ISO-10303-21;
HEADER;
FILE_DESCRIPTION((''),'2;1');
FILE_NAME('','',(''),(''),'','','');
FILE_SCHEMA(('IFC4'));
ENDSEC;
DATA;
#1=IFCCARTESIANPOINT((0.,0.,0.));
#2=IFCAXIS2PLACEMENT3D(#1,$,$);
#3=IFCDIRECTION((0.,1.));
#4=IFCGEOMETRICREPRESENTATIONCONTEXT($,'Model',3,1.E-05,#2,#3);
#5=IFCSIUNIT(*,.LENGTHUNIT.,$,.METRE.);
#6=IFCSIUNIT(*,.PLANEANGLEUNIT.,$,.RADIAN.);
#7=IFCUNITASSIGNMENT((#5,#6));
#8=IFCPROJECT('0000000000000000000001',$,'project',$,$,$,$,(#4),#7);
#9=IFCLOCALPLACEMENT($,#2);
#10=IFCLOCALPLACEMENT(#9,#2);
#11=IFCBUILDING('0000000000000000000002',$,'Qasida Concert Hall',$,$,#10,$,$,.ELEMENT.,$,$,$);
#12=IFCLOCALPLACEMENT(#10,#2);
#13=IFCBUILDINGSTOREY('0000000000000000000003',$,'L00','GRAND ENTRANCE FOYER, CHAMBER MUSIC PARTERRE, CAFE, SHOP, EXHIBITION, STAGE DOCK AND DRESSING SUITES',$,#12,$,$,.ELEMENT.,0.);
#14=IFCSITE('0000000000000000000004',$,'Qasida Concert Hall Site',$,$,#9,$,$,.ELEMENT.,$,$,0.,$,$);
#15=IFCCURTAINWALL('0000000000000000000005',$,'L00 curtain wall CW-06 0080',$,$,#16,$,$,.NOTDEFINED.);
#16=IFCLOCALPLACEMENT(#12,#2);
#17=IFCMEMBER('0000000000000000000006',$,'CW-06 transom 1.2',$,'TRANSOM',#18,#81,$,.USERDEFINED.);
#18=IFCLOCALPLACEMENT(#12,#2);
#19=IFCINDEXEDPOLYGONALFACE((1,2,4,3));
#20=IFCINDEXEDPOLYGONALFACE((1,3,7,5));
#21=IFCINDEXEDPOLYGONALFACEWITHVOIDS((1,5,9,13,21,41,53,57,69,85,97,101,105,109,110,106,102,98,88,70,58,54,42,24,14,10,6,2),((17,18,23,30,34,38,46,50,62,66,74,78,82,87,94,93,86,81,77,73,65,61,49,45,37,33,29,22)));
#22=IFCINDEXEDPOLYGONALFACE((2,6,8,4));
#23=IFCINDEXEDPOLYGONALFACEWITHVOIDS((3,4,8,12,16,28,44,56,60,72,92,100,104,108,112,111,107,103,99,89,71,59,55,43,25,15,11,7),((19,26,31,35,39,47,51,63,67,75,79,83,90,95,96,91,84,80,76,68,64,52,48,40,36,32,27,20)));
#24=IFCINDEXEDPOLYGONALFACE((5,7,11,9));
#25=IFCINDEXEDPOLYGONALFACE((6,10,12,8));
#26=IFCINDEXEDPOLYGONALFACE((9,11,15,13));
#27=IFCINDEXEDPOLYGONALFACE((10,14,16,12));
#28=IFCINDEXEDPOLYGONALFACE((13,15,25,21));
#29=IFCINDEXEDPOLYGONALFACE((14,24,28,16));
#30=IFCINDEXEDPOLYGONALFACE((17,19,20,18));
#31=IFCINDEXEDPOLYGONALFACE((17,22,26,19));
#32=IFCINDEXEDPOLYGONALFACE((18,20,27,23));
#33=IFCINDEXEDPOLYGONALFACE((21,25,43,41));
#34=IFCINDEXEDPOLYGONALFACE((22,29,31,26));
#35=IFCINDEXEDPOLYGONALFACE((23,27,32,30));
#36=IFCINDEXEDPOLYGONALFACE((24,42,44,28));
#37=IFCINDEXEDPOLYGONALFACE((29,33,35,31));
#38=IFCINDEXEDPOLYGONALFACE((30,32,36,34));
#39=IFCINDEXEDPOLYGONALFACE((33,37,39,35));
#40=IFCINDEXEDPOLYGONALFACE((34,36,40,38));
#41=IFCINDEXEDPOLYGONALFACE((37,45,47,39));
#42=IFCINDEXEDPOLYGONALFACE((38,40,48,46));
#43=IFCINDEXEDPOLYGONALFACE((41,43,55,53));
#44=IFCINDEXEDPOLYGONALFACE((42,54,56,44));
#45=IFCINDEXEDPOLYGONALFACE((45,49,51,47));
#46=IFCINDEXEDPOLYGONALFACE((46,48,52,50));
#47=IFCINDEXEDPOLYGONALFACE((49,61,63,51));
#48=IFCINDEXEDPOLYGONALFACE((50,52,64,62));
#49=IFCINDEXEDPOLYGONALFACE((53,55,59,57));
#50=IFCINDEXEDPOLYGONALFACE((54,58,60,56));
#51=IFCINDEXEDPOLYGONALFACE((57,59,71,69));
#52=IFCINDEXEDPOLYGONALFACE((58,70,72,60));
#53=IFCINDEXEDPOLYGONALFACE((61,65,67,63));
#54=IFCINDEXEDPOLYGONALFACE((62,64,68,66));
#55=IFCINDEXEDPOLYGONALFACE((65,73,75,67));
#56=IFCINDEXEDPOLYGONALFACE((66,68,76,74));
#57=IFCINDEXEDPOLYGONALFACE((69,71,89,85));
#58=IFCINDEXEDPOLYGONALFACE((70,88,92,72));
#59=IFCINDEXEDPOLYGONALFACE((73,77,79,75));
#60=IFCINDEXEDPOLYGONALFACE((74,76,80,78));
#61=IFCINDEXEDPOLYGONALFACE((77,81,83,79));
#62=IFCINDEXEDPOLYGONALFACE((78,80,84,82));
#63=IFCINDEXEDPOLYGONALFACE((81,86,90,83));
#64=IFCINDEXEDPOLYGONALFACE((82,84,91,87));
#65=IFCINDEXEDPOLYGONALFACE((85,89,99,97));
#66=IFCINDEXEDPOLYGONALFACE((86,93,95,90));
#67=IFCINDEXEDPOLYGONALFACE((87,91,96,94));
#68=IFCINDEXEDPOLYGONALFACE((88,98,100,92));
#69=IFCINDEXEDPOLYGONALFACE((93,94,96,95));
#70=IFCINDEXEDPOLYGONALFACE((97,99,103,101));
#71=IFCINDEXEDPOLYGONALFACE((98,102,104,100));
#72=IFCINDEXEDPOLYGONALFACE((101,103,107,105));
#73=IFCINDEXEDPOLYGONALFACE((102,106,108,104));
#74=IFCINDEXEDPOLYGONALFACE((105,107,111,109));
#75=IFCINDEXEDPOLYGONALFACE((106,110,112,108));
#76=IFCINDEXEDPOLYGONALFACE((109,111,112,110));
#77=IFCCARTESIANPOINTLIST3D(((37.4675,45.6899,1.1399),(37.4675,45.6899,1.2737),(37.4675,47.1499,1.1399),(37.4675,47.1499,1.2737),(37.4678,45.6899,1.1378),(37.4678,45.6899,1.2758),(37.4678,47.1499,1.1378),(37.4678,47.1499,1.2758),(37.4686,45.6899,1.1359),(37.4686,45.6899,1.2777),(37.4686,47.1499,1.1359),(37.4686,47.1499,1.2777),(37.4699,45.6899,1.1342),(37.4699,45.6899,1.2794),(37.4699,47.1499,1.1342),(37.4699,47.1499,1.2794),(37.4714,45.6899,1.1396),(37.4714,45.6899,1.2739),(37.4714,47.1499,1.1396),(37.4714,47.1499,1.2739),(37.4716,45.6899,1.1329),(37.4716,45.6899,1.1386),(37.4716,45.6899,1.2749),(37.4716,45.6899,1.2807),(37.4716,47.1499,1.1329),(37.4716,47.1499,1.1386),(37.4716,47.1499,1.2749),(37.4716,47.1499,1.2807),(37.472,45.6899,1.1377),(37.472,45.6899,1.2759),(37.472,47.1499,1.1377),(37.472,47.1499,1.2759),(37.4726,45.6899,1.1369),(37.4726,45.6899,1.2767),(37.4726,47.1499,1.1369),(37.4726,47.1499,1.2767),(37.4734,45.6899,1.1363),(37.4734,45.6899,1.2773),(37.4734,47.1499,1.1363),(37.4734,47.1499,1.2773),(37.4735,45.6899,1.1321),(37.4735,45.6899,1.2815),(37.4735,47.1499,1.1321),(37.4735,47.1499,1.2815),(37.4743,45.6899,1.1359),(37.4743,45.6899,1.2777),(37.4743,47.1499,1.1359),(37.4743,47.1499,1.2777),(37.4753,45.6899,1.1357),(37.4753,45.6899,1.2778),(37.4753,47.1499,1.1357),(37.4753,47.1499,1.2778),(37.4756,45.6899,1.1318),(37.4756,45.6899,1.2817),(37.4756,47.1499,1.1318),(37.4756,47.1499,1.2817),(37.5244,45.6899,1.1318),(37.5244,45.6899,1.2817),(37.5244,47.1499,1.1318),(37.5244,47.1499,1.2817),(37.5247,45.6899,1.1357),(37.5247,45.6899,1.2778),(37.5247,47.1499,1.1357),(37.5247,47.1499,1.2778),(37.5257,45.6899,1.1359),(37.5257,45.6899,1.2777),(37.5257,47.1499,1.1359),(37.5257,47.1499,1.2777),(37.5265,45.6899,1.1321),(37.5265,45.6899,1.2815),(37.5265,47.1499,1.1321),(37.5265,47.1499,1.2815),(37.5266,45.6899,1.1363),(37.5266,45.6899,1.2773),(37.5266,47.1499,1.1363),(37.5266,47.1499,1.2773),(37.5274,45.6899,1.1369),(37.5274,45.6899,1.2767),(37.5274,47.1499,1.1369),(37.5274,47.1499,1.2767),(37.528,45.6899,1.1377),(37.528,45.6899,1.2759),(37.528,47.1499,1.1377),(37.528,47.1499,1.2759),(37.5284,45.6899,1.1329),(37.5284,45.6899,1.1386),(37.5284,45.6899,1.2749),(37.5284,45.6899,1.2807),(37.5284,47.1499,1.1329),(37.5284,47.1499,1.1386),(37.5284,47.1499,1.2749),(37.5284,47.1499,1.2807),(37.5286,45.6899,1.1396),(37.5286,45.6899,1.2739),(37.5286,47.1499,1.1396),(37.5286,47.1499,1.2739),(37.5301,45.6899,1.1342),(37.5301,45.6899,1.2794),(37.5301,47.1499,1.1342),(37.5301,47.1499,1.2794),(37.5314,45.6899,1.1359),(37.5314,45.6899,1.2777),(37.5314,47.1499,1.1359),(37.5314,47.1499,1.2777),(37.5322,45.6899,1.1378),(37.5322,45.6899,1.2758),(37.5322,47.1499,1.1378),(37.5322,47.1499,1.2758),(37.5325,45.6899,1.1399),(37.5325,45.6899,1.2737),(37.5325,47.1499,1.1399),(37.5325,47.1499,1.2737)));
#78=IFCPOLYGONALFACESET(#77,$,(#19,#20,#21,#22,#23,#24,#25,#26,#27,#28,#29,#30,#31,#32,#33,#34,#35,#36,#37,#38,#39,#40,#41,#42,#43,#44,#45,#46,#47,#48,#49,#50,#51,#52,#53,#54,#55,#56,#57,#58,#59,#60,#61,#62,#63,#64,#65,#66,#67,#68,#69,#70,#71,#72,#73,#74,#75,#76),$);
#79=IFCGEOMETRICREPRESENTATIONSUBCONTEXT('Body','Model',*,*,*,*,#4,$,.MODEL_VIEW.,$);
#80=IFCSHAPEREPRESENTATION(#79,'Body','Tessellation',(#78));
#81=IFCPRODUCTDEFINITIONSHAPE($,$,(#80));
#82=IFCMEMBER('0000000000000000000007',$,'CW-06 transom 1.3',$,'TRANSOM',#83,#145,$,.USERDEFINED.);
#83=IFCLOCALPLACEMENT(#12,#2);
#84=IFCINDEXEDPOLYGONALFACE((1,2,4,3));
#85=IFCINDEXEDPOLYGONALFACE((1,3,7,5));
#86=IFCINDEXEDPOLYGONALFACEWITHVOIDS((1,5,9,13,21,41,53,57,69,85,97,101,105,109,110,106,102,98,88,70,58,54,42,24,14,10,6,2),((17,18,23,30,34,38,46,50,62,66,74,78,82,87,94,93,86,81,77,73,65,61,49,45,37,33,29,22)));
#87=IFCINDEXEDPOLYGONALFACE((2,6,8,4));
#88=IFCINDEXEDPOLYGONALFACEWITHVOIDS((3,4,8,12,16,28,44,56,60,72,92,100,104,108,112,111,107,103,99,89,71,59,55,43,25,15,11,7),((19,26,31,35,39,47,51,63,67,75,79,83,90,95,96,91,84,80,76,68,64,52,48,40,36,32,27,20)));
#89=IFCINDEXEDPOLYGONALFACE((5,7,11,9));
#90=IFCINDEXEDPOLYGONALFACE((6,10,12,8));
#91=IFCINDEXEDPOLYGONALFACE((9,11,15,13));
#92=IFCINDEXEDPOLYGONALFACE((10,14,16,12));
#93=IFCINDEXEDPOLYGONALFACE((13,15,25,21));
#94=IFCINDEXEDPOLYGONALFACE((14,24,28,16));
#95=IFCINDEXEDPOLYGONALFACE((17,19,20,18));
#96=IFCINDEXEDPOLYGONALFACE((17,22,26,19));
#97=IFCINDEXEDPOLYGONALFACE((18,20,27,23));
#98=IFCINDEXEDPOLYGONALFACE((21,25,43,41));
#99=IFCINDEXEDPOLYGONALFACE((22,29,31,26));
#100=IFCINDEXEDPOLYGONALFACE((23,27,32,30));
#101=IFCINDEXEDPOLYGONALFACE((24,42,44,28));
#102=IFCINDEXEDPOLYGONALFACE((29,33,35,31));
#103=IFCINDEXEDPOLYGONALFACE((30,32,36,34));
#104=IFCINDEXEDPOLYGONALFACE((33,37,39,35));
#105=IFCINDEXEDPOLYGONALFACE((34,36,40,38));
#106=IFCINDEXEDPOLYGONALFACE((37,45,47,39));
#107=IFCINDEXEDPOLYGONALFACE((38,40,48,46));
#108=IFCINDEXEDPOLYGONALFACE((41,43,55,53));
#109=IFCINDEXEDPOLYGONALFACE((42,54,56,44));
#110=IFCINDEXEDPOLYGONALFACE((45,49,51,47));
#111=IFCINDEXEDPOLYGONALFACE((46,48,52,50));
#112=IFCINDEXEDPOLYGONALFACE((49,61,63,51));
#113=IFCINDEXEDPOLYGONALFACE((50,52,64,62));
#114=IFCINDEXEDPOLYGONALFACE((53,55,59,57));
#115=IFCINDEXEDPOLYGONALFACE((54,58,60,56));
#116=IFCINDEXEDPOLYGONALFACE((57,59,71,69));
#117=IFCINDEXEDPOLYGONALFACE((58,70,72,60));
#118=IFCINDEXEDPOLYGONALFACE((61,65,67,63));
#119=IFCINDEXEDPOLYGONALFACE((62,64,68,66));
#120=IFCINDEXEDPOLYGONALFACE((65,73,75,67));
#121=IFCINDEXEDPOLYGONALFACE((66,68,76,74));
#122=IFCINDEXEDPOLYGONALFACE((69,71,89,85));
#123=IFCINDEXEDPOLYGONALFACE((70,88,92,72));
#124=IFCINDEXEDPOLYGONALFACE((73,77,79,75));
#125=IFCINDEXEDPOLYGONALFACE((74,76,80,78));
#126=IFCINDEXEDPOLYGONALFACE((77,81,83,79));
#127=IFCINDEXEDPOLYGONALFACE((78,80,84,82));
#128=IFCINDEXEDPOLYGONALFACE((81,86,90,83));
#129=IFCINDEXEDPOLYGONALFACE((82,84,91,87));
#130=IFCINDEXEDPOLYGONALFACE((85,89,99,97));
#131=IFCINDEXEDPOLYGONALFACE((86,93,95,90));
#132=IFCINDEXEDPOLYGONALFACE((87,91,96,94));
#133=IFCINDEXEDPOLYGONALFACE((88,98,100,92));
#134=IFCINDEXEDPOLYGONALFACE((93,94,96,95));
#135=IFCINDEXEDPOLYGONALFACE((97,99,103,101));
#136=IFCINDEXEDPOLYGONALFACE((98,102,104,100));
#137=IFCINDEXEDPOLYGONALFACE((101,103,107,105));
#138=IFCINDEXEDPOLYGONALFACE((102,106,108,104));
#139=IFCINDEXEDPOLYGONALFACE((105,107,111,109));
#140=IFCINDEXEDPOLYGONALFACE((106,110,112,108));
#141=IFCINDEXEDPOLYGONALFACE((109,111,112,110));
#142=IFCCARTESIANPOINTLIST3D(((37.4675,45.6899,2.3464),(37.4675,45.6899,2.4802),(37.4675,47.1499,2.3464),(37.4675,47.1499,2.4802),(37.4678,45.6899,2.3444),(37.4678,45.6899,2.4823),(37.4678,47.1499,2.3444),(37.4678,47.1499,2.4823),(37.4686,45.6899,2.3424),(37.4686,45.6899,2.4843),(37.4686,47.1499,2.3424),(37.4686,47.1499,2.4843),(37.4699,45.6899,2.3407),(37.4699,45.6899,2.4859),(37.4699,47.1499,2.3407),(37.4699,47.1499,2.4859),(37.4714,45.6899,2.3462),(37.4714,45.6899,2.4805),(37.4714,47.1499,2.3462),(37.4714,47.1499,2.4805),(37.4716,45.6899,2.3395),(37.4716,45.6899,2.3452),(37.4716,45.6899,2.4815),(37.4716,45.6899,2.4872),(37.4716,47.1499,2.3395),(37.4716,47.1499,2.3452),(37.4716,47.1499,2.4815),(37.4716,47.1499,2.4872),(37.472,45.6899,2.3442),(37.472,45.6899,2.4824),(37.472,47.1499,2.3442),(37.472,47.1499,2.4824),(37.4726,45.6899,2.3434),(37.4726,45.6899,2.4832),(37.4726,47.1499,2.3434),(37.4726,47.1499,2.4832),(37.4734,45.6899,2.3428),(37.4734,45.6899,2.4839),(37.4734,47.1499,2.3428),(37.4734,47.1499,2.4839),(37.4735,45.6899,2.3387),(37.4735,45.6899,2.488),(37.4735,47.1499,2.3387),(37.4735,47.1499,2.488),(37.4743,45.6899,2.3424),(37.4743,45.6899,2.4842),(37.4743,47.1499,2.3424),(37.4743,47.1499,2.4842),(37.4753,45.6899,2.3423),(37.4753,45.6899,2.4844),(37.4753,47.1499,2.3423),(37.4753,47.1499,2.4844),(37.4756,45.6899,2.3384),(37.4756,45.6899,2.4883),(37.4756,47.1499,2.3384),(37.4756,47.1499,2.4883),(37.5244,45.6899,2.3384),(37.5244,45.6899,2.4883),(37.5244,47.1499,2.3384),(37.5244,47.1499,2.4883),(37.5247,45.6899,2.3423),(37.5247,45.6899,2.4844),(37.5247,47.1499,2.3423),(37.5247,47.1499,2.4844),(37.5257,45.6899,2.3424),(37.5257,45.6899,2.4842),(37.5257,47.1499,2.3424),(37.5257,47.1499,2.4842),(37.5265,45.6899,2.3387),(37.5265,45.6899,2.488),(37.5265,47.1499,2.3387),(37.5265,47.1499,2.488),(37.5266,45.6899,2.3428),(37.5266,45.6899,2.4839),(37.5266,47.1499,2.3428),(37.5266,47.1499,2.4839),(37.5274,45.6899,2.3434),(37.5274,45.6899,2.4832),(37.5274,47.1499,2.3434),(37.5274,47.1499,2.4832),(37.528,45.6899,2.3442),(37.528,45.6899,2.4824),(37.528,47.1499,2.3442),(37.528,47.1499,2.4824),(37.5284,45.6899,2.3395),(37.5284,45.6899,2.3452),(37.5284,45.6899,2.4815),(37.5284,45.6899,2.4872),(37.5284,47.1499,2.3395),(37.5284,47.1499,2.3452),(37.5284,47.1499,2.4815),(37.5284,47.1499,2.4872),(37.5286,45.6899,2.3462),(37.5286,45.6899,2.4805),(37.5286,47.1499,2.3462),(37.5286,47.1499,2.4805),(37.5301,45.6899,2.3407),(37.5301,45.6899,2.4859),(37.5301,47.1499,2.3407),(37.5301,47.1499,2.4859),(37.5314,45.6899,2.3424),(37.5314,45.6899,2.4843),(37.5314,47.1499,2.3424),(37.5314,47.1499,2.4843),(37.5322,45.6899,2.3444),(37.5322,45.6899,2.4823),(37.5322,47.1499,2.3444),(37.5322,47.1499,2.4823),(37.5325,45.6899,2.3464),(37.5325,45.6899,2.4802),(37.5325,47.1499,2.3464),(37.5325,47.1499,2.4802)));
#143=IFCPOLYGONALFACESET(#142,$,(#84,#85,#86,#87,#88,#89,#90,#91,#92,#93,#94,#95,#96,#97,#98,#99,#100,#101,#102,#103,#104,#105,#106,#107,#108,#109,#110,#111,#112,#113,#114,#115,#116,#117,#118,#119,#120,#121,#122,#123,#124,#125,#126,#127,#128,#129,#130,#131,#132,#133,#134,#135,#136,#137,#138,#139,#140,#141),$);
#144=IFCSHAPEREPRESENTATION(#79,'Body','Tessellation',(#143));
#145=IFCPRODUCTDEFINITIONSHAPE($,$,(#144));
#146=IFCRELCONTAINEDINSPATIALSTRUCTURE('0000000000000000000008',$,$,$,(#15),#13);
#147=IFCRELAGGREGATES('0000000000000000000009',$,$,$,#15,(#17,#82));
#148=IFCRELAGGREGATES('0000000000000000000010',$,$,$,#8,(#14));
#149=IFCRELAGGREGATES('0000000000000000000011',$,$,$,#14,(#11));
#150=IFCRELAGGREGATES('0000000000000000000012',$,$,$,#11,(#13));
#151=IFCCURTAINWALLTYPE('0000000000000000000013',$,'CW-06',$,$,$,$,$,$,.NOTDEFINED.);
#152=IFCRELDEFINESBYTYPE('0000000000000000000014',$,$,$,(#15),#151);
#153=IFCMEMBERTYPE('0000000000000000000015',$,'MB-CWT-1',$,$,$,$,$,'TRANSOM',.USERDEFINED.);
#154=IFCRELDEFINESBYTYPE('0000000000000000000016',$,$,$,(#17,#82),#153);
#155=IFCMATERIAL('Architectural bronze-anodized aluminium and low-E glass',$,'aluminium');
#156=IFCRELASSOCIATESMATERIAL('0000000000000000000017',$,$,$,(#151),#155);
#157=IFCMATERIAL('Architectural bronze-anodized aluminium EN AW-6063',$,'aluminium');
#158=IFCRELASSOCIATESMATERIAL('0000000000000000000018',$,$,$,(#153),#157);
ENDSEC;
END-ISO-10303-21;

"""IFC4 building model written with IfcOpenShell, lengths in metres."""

from ifc_helpers import new_model, si_unit, direction, frame, origin, origin_2d, place, context, subcontext, project, spatial, hollow_rectangle, extrude, material, material_profile, profile_set, type_object, element, aggregate, save


model = new_model("IFC4")

# Units and contexts
model_context = context("Model", 3, precision=1e-05, world=origin(), true_north=direction((0.0, 1.0)))
body_context = subcontext(model_context, "Body", "Model", "MODEL_VIEW")
ifc_project = project(units=[si_unit("LENGTHUNIT", "METRE"), si_unit("PLANEANGLEUNIT", "RADIAN")], contexts=[model_context])

# Site, building, storey
site_placement = place(None, origin())
site = spatial("IfcSite", under=ifc_project, at=site_placement, Name="Qasida Concert Hall Site", CompositionType="ELEMENT", RefElevation=0.0)
building_placement = place(site_placement, origin())
building = spatial("IfcBuilding", under=site, at=building_placement, Name="Qasida Concert Hall", CompositionType="ELEMENT")
storey_placement = place(building_placement, origin())
storey = spatial("IfcBuildingStorey", under=building, at=storey_placement, Name="L00", Description="GRAND ENTRANCE FOYER, CHAMBER MUSIC PARTERRE, CAFE, SHOP, EXHIBITION, STAGE DOCK AND DRESSING SUITES", CompositionType="ELEMENT", Elevation=0.0)

# Shared definitions
ifc_material_1 = material(Name="Architectural bronze-anodized aluminium and low-E glass", Category="aluminium")
curtain_wall_type = type_object("IfcCurtainWallType", Name="CW-06", PredefinedType="NOTDEFINED", material=ifc_material_1)
ifc_material_2 = material(Name="Architectural bronze-anodized aluminium EN AW-6063", Category="aluminium")

# Curtain wall
curtain_wall_1_placement = place(storey_placement, origin())
curtain_wall_1 = element("IfcCurtainWall", 1, at=curtain_wall_1_placement, inside=storey, type_object=curtain_wall_type, Name="L00 curtain wall CW-06 0080", PredefinedType="NOTDEFINED")

# Members
ifc_material_profile_1 = material_profile(ifc_material_2, hollow_rectangle(XDim=0.0649, YDim=0.1499, WallThickness=0.0039, InnerFilletRadius=0.0039, OuterFilletRadius=0.0081, at=origin_2d()), Name="CWT 150x65x4")
ifc_profile_set_1 = profile_set([ifc_material_profile_1], Name="Architectural bronze-anodized aluminium EN AW-6063")
member_type_1 = type_object("IfcMemberType", Name="MB-CWT-1", ElementType="TRANSOM", PredefinedType="USERDEFINED", material=ifc_profile_set_1)
member_1_placement = place(storey_placement, frame((37.5, 45.6899, 1.2068), z_axis=(0.0, 1.0, 0.0), x_axis=(-1.0, 0.0, 0.0)))
member_1 = element("IfcMember", 2, at=member_1_placement, type_object=member_type_1, Name="CW-06 transom 1.2", ObjectType="TRANSOM", PredefinedType="USERDEFINED", context=body_context, shape_type="SweptSolid", body=[
    extrude(hollow_rectangle(XDim=0.0649, YDim=0.1499, WallThickness=0.0039, InnerFilletRadius=0.0039, OuterFilletRadius=0.0081, at=origin_2d()), origin(), (0.0, 0.0, 1.0), 1.46),
])
member_2_placement = place(storey_placement, frame((37.5, 45.6899, 2.4133), z_axis=(0.0, 1.0, 0.0), x_axis=(-1.0, 0.0, 0.0)))
member_2 = element("IfcMember", 3, at=member_2_placement, type_object=member_type_1, Name="CW-06 transom 1.3", ObjectType="TRANSOM", PredefinedType="USERDEFINED", context=body_context, shape_type="SweptSolid", body=[
    extrude(hollow_rectangle(XDim=0.0649, YDim=0.1499, WallThickness=0.0039, InnerFilletRadius=0.0039, OuterFilletRadius=0.0081, at=origin_2d()), origin(), (0.0, 0.0, 1.0), 1.46),
])

aggregate(curtain_wall_1, [member_1, member_2])

save(model, "model.ifc")
